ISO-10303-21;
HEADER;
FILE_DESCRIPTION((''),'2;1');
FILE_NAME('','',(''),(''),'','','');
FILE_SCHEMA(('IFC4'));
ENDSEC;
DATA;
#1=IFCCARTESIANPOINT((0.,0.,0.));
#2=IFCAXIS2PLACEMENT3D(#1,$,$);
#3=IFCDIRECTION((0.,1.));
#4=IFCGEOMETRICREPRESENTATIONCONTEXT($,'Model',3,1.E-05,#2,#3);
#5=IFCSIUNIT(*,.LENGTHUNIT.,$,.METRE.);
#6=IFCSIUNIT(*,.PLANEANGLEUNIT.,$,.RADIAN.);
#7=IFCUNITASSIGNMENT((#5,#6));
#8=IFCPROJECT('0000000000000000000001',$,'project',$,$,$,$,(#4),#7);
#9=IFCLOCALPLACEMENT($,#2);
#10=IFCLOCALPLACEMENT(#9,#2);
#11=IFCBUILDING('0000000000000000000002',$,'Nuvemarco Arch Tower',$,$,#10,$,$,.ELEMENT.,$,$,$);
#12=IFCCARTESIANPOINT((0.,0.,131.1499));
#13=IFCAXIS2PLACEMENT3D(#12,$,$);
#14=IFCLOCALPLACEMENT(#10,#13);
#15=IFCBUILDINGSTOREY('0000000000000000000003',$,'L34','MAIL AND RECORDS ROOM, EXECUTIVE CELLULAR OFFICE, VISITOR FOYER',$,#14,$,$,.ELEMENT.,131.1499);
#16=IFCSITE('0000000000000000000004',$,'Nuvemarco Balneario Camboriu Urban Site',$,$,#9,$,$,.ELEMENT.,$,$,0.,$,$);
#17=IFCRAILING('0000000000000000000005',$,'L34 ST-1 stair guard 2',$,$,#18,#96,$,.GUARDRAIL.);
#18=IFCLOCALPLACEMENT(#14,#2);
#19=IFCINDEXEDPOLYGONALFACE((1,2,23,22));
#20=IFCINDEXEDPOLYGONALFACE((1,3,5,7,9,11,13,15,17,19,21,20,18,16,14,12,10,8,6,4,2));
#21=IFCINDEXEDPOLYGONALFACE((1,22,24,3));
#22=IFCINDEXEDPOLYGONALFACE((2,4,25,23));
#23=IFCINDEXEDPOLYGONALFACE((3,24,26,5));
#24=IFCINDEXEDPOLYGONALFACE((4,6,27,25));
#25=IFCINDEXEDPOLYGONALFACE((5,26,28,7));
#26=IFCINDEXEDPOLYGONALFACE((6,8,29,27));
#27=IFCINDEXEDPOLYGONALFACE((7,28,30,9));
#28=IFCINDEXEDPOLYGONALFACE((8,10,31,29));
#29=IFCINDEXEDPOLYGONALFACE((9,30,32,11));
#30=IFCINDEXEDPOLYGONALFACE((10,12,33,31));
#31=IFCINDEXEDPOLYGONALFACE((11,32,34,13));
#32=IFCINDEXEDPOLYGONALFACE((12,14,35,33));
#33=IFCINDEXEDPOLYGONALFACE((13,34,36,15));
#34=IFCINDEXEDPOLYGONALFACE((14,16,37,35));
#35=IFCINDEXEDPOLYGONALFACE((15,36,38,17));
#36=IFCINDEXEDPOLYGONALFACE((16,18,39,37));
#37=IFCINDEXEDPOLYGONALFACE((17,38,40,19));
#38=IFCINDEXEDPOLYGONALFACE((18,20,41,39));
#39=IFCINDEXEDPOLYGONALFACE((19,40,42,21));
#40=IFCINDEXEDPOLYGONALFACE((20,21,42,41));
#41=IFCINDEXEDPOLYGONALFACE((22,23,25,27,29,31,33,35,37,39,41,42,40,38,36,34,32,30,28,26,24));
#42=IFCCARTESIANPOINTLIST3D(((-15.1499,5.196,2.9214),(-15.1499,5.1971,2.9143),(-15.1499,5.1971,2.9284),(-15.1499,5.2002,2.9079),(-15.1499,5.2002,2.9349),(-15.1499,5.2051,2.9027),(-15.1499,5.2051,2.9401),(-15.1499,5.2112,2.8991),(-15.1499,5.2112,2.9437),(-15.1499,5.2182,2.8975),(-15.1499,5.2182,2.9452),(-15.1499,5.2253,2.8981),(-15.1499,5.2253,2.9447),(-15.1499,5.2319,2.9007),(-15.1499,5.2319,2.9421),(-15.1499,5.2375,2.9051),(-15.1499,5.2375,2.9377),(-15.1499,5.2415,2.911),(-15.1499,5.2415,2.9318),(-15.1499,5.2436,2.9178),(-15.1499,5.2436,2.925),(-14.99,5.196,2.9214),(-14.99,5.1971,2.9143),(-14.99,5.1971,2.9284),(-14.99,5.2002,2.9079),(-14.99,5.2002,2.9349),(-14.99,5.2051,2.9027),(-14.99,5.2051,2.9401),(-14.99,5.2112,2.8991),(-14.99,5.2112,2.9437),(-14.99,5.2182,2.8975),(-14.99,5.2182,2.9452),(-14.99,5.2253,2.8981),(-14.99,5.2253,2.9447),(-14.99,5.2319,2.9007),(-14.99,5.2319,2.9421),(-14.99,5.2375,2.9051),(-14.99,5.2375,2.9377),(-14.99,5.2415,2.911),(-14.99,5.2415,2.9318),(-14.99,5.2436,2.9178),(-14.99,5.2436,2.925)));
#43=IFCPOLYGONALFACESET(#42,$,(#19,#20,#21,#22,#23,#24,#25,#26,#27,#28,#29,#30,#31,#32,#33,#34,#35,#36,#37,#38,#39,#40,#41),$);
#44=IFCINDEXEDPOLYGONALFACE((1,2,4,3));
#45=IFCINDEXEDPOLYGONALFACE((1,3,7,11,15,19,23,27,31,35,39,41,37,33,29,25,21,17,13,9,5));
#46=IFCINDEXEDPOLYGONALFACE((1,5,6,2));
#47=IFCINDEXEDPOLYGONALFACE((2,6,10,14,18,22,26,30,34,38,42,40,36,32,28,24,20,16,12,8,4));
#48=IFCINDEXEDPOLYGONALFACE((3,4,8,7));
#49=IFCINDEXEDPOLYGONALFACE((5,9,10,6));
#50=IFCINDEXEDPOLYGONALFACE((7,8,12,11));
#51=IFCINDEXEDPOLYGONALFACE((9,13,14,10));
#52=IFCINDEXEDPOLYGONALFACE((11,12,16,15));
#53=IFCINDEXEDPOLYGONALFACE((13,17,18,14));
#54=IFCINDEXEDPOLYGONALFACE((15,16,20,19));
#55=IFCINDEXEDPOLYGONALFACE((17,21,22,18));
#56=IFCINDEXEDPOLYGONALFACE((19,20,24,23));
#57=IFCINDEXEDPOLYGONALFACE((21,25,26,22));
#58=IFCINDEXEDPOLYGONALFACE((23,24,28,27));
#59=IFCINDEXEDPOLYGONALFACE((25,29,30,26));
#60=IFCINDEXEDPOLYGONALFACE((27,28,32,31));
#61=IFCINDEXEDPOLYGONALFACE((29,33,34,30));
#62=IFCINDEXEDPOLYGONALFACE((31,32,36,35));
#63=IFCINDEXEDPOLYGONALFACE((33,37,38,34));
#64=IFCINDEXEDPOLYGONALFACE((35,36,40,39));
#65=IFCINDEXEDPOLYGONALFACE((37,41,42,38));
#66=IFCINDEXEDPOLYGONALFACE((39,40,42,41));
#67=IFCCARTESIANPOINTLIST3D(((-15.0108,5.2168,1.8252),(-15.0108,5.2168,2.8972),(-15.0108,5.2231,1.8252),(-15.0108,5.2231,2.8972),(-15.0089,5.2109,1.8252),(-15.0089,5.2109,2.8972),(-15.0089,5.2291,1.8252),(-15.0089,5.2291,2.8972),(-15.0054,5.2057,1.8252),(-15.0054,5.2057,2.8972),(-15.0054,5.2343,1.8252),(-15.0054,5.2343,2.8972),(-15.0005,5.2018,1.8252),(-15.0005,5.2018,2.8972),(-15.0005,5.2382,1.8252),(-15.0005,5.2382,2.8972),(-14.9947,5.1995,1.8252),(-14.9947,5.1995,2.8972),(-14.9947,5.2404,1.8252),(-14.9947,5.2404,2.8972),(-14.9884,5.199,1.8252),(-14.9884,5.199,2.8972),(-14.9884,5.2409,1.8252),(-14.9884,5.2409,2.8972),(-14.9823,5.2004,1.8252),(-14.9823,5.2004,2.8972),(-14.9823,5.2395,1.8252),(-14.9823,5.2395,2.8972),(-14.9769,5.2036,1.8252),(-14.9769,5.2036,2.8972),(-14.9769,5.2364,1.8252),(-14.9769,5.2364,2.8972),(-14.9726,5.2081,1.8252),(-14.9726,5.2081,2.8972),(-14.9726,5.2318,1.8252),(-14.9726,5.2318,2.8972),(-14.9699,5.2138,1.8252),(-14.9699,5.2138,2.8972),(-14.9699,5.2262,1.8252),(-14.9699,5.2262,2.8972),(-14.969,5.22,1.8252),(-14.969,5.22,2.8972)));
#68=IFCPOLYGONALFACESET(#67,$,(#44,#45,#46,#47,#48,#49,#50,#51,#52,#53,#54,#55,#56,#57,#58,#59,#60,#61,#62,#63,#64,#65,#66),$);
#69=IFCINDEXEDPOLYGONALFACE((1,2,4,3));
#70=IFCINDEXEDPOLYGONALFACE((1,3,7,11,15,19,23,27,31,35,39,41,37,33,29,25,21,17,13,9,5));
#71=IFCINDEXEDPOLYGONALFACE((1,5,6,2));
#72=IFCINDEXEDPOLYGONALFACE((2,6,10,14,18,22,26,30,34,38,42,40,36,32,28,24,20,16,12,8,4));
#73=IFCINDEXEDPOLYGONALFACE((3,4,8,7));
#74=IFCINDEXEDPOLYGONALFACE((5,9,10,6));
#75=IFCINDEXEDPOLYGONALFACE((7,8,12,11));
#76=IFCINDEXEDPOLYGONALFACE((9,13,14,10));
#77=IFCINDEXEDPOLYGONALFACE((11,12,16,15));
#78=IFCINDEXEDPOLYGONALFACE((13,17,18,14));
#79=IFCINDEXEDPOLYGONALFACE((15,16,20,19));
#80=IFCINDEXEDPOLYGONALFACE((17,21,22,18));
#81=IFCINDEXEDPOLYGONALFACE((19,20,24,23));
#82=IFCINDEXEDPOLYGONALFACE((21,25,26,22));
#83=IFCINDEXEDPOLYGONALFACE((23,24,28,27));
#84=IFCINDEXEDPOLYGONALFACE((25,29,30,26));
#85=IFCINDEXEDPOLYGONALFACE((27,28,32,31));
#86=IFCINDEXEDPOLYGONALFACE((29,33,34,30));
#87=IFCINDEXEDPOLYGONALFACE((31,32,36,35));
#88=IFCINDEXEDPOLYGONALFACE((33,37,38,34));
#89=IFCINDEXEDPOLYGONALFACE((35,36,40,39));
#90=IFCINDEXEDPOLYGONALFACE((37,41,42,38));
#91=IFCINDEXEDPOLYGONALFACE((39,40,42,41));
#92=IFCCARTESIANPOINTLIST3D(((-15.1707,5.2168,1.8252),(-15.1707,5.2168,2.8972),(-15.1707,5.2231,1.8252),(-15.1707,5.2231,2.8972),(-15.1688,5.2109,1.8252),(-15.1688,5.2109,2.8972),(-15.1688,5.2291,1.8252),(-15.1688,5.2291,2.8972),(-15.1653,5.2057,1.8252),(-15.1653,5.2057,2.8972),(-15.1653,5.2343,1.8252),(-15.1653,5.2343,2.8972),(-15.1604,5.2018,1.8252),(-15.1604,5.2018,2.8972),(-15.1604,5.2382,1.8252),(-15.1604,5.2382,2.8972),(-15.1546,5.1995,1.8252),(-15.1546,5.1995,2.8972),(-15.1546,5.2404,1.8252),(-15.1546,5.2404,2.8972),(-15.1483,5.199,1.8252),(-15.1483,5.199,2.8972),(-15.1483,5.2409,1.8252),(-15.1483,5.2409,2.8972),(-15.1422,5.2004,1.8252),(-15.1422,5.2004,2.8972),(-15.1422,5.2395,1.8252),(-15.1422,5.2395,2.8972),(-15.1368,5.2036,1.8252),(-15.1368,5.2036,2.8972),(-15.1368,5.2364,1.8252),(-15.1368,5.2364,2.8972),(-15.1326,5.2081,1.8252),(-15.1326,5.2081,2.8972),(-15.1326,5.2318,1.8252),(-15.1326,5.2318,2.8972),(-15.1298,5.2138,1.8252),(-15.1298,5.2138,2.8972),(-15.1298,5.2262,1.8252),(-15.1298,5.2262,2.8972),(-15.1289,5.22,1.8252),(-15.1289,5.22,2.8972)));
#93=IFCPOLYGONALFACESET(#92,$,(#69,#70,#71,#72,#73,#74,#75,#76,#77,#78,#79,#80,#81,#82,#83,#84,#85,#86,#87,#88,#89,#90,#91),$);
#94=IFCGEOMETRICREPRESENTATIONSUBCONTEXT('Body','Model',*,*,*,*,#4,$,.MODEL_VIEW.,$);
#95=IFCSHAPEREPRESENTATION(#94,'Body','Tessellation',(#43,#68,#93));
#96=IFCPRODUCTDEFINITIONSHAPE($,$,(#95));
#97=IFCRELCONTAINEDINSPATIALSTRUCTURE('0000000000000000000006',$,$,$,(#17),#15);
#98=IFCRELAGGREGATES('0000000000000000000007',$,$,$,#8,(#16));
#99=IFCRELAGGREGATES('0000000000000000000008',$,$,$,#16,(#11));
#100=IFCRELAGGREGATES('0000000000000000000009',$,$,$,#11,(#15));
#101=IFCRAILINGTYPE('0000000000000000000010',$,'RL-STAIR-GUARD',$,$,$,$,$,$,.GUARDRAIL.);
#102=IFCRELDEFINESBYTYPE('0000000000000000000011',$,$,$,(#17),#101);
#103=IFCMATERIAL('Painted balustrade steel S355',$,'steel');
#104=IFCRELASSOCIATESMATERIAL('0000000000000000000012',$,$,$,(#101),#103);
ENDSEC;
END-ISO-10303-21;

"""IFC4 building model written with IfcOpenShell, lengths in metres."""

from ifc_helpers import new_model, si_unit, direction, frame, origin, origin_2d, place, context, subcontext, project, spatial, circle, extrude, material, type_object, element, save


model = new_model("IFC4")

# Units and contexts
model_context = context("Model", 3, precision=1e-05, world=origin(), true_north=direction((0.0, 1.0)))
body_context = subcontext(model_context, "Body", "Model", "MODEL_VIEW")
ifc_project = project(units=[si_unit("LENGTHUNIT", "METRE"), si_unit("PLANEANGLEUNIT", "RADIAN")], contexts=[model_context])

# Site, building, storey
site_placement = place(None, origin())
site = spatial("IfcSite", under=ifc_project, at=site_placement, Name="Nuvemarco Balneario Camboriu Urban Site", CompositionType="ELEMENT", RefElevation=0.0)
building_placement = place(site_placement, origin())
building = spatial("IfcBuilding", under=site, at=building_placement, Name="Nuvemarco Arch Tower", CompositionType="ELEMENT")
storey_placement = place(building_placement, frame((0.0, 0.0, 131.1499)))
storey = spatial("IfcBuildingStorey", under=building, at=storey_placement, Name="L34", Description="MAIL AND RECORDS ROOM, EXECUTIVE CELLULAR OFFICE, VISITOR FOYER", CompositionType="ELEMENT", Elevation=131.1499)

# Railing
ifc_material_1 = material(Name="Painted balustrade steel S355", Category="steel")
railing_type_1 = type_object("IfcRailingType", Name="RL-STAIR-GUARD", PredefinedType="GUARDRAIL", material=ifc_material_1)
railing_1_placement = place(storey_placement, frame((-14.99, 5.22, 1.8252)))
element("IfcRailing", 1, at=railing_1_placement, inside=storey, type_object=railing_type_1, Name="L34 ST-1 stair guard 2", PredefinedType="GUARDRAIL", context=body_context, shape_type="SweptSolid", body=[
    extrude(circle(Radius=0.0239, at=origin_2d()), frame((0.0, 0.0, 1.0962), z_axis=(-1.0, 0.0, 0.0), x_axis=(0.0, -1.0, 0.0)), (0.0, 0.0, 1.0), 0.1599),
    extrude(circle(Radius=0.021, at=origin_2d()), origin(), (0.0, 0.0, 1.0), 1.072),
    extrude(circle(Radius=0.021, at=origin_2d()), frame((-0.1599, 0.0, 0.0)), (0.0, 0.0, 1.0), 1.072),
])

save(model, "model.ifc")
